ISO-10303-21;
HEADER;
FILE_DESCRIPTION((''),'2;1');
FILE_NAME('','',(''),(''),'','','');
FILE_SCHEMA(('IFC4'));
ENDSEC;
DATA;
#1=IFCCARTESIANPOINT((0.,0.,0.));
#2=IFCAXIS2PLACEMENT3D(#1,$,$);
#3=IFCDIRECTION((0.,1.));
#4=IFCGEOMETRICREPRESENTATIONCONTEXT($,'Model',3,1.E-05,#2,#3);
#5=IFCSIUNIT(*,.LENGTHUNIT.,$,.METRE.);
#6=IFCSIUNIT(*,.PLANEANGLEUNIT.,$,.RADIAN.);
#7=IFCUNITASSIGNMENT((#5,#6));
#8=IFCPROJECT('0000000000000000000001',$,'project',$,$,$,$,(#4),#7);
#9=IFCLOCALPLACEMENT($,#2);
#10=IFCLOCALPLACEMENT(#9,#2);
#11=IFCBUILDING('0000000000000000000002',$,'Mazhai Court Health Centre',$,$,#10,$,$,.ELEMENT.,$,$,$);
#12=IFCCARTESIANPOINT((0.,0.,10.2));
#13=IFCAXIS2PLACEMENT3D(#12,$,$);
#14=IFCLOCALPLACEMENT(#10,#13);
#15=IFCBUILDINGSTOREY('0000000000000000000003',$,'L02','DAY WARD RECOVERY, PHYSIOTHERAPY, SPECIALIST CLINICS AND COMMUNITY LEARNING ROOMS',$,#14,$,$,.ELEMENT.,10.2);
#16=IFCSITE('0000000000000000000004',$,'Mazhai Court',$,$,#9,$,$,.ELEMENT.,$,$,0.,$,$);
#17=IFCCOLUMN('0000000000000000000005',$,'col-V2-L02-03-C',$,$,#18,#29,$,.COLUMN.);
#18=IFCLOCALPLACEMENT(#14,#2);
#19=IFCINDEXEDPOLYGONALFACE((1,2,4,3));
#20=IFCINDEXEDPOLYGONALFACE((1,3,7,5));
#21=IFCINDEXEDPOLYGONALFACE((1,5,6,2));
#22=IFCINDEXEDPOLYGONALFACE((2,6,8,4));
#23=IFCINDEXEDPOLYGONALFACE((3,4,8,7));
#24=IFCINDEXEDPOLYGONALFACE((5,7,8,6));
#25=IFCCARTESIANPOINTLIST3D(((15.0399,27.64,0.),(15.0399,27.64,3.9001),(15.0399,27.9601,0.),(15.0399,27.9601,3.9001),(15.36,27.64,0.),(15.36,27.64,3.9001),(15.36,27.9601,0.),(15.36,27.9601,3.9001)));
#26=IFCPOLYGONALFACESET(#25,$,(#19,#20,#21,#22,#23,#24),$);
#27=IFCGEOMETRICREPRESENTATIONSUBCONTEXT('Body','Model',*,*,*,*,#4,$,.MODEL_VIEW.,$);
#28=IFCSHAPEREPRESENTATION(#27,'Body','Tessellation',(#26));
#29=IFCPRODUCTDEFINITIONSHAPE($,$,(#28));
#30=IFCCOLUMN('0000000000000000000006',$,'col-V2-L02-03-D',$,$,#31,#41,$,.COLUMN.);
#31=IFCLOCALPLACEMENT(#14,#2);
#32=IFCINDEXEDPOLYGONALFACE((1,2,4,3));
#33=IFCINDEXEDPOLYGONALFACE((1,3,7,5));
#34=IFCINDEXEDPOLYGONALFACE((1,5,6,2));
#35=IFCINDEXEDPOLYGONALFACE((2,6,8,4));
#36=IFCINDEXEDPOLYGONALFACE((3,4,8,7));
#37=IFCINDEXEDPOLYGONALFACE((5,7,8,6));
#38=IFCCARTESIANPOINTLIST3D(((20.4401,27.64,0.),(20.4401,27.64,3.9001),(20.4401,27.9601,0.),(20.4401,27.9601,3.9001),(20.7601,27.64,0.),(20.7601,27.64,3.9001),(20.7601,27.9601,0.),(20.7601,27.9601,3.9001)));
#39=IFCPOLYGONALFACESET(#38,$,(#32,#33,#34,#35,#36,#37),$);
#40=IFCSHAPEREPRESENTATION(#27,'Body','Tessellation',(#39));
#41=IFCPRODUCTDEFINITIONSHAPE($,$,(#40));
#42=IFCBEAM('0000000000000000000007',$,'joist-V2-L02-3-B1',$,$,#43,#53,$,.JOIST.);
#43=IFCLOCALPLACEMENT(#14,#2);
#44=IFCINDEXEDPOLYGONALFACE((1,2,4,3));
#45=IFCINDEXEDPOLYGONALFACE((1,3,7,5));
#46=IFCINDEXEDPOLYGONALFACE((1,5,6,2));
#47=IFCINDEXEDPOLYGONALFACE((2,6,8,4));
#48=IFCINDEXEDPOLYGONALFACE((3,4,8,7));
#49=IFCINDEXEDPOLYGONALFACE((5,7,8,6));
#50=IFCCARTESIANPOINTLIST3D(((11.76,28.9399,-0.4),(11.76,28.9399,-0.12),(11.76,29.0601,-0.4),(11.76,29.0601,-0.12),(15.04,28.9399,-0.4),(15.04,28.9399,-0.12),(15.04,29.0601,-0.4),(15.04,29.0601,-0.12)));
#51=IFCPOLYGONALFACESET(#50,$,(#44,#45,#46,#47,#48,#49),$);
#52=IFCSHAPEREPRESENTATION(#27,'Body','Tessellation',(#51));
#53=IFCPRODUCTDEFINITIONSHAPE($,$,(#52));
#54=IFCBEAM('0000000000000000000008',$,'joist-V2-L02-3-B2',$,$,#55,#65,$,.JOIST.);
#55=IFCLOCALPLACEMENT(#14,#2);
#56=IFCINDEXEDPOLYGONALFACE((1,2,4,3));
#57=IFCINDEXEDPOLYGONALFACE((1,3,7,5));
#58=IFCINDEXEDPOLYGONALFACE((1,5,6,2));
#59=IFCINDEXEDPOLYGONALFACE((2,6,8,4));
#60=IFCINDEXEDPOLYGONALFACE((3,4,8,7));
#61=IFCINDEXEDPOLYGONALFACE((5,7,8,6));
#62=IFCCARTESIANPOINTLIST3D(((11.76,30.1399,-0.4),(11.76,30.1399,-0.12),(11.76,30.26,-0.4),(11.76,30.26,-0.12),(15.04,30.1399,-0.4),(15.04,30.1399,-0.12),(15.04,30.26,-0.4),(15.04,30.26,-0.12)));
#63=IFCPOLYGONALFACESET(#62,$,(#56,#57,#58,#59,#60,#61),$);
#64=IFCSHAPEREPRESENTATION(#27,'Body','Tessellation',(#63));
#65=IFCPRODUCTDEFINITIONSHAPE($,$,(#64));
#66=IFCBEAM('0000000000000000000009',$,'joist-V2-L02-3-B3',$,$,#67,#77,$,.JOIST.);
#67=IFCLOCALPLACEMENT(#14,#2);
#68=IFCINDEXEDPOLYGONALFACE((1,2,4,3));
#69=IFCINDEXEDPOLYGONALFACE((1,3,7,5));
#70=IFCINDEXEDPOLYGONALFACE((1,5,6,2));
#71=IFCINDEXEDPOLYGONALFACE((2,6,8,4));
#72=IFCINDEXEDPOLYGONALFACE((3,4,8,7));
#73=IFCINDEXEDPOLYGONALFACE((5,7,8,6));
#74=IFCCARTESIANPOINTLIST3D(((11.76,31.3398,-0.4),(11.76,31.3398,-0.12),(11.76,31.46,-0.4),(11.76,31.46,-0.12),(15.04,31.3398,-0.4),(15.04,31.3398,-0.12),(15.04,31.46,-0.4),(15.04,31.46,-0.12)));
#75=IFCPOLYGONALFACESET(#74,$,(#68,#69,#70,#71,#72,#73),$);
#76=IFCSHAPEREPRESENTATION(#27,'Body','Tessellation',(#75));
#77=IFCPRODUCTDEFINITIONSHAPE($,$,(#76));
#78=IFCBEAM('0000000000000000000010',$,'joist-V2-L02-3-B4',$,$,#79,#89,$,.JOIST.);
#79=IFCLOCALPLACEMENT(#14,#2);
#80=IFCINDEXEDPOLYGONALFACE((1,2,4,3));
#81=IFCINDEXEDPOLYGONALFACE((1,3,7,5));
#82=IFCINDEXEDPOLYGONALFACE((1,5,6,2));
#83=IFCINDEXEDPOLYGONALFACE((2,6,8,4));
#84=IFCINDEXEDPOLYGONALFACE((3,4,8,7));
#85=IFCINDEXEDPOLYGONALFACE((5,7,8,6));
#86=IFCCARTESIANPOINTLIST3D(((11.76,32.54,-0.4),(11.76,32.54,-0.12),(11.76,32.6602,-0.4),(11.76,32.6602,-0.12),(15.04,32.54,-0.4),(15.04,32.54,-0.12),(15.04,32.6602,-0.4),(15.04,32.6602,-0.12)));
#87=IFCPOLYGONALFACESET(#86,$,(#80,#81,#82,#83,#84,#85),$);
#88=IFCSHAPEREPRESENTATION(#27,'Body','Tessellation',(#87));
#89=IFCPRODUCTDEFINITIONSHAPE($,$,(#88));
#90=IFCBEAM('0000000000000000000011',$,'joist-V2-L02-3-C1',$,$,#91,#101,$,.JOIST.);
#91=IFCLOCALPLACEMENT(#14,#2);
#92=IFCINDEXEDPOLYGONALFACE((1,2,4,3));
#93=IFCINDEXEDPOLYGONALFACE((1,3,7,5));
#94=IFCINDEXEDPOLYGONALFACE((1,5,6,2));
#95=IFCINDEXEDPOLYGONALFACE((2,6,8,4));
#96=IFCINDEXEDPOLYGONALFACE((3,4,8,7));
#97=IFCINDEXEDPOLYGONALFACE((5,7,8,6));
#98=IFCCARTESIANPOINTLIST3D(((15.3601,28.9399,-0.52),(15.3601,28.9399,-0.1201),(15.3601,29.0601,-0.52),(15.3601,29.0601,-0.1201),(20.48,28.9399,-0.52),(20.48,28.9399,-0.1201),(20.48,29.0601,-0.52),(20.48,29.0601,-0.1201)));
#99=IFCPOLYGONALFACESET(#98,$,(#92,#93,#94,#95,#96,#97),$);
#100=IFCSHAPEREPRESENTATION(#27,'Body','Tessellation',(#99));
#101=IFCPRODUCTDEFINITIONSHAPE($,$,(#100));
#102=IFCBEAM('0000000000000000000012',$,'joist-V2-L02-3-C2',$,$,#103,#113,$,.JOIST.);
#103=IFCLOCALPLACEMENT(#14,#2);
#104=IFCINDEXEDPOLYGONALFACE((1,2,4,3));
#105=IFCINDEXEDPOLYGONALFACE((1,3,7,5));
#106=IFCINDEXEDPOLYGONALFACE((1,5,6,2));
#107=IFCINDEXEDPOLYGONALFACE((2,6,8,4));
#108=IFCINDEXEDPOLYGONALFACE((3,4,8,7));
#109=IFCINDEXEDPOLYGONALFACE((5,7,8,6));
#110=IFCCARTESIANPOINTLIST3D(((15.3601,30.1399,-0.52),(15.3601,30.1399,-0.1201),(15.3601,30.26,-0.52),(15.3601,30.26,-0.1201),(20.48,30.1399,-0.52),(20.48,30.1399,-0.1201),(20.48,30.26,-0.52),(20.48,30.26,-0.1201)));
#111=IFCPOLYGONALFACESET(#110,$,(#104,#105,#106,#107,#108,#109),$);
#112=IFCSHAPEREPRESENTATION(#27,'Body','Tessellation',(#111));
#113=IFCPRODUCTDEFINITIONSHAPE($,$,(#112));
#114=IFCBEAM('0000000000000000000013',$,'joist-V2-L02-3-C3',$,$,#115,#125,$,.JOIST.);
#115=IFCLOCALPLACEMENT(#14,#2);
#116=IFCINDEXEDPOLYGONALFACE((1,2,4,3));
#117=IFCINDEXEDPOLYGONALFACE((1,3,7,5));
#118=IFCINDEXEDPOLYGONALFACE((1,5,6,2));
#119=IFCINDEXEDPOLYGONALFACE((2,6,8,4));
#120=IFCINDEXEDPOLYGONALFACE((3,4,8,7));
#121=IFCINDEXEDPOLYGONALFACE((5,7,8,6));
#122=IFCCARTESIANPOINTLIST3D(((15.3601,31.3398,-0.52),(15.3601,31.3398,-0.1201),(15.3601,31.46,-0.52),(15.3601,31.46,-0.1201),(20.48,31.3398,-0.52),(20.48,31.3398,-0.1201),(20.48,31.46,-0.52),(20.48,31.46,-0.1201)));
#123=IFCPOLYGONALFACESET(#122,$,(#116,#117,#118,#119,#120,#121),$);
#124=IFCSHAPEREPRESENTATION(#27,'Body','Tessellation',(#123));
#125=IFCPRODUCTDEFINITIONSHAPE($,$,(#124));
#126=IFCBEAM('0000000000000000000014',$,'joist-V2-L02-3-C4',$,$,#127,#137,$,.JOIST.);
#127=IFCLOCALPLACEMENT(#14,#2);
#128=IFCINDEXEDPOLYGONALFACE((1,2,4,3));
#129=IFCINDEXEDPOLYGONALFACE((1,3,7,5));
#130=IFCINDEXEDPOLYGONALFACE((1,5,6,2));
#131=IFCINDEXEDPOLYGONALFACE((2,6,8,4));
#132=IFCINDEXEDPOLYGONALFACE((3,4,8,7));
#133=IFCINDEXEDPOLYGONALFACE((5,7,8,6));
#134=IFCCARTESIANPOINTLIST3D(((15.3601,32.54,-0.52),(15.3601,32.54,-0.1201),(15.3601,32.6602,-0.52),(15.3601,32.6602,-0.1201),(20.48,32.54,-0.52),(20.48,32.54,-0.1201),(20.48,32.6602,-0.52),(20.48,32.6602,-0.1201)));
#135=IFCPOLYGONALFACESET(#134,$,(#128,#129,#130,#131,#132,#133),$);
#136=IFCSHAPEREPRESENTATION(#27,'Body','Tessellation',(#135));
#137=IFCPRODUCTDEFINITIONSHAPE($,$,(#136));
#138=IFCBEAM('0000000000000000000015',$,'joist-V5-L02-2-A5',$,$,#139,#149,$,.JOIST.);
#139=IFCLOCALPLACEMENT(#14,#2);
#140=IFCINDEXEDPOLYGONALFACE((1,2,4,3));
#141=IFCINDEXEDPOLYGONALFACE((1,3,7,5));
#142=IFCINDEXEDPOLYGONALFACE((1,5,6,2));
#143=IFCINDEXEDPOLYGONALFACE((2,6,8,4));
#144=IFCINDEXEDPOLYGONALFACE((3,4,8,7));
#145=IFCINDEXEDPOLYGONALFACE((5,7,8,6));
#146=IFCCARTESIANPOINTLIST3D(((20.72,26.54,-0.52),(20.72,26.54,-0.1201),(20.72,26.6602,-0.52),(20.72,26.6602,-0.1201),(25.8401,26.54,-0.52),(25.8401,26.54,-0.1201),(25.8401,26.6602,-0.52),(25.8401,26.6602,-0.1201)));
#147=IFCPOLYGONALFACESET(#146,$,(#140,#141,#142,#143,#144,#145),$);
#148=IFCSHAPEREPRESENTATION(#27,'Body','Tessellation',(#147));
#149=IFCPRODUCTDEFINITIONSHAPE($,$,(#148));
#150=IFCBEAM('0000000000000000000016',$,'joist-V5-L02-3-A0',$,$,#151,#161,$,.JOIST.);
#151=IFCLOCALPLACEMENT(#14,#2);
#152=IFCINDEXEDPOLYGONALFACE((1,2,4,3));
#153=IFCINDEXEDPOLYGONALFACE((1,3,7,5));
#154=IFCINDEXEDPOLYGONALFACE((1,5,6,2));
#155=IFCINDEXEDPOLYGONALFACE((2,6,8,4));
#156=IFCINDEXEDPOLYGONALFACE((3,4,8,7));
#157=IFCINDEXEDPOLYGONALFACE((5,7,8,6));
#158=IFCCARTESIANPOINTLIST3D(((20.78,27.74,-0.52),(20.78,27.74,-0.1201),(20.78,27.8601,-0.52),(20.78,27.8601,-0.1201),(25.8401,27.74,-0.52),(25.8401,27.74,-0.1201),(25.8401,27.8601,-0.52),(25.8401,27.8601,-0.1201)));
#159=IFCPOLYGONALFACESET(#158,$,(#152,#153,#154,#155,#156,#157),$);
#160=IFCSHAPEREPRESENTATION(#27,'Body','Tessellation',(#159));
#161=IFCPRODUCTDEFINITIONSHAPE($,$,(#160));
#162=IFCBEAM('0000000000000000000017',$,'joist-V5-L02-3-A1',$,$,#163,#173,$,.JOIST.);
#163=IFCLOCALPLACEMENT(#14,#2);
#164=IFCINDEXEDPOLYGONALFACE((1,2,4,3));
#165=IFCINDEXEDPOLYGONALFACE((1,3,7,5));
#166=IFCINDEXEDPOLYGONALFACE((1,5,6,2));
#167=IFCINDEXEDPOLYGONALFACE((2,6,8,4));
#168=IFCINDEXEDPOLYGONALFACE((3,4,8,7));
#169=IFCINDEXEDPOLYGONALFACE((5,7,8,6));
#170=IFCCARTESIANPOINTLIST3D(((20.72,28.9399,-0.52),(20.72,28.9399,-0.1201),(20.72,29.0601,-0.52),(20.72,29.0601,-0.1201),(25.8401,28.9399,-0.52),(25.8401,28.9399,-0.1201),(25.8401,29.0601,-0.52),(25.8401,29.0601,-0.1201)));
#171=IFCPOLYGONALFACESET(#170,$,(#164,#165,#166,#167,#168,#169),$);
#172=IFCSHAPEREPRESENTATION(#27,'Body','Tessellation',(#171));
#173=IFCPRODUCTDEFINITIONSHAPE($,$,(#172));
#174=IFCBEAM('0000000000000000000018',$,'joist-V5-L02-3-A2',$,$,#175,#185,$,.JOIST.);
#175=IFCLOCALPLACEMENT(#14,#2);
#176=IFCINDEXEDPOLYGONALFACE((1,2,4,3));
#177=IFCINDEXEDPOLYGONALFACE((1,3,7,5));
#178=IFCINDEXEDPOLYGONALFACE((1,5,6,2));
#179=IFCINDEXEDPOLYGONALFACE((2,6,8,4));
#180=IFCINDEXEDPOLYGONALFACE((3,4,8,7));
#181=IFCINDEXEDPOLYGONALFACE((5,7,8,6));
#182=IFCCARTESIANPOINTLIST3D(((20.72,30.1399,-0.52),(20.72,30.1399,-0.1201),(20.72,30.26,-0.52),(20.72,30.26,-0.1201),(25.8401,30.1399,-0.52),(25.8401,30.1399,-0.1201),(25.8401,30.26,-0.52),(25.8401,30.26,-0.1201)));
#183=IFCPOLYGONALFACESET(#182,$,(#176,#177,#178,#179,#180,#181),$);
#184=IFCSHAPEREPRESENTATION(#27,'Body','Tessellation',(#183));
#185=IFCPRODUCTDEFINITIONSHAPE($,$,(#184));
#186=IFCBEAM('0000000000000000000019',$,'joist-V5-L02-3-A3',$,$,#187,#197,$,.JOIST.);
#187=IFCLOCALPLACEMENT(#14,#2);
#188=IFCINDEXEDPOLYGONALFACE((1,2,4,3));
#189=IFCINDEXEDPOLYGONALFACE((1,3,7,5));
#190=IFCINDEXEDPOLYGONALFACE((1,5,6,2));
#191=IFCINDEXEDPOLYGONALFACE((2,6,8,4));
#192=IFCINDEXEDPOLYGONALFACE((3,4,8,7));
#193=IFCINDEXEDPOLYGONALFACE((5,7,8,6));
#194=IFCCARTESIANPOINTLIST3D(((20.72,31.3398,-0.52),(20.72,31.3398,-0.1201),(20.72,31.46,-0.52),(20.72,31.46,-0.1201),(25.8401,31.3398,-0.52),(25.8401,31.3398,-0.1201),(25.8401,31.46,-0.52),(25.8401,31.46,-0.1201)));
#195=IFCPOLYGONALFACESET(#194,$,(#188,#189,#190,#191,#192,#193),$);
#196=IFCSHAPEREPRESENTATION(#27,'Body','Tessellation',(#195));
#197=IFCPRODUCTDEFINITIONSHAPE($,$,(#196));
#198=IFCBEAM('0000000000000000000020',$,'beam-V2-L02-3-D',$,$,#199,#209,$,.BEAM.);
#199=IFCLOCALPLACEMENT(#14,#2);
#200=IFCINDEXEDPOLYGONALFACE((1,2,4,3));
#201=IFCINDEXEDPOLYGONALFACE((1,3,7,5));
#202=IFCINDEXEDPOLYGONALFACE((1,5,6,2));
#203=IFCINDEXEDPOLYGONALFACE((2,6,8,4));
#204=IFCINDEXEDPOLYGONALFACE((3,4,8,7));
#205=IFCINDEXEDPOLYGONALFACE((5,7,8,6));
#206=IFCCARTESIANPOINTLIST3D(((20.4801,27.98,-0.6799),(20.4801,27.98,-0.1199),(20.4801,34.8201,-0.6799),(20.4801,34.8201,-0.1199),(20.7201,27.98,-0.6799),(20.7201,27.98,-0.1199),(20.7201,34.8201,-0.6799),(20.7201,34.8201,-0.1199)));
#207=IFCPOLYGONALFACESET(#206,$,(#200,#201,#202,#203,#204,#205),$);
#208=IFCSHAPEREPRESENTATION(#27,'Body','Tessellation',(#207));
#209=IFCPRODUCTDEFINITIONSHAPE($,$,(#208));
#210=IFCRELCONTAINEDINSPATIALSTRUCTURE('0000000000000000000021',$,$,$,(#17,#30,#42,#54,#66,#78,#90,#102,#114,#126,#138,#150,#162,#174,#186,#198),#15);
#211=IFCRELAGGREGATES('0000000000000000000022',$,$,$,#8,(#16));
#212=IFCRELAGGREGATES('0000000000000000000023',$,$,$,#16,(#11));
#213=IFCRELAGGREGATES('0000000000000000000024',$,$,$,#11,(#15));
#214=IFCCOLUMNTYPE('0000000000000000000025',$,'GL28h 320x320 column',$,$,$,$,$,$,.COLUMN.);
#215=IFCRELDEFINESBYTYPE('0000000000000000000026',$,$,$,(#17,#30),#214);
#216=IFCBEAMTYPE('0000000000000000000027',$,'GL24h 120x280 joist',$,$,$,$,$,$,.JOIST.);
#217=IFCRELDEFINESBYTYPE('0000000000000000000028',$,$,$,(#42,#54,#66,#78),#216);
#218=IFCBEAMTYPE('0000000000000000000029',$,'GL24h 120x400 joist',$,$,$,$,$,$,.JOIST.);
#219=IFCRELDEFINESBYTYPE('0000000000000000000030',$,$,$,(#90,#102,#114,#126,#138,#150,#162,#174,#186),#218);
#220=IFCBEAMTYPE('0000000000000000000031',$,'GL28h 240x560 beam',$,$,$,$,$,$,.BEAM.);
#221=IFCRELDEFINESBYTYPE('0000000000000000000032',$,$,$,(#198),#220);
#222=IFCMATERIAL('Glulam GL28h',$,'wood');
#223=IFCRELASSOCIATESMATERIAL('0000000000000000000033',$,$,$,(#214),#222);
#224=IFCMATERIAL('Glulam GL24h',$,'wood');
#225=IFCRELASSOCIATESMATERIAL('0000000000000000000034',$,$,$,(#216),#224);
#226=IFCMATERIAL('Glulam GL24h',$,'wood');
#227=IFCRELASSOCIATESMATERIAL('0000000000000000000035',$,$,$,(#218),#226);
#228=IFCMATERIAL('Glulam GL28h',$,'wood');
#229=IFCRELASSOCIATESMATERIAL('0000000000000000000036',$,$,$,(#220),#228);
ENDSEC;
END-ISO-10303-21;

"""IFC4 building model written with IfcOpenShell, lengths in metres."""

from ifc_helpers import new_model, si_unit, direction, frame, origin, origin_2d, place, context, subcontext, project, spatial, rectangle, extrude, material, material_profile, profile_set, type_object, element, save


model = new_model("IFC4")

# Units and contexts
model_context = context("Model", 3, precision=1e-05, world=origin(), true_north=direction((0.0, 1.0)))
body_context = subcontext(model_context, "Body", "Model", "MODEL_VIEW")
ifc_project = project(units=[si_unit("LENGTHUNIT", "METRE"), si_unit("PLANEANGLEUNIT", "RADIAN")], contexts=[model_context])

# Site, building, storey
site_placement = place(None, origin())
site = spatial("IfcSite", under=ifc_project, at=site_placement, Name="Mazhai Court", CompositionType="ELEMENT", RefElevation=0.0)
building_placement = place(site_placement, origin())
building = spatial("IfcBuilding", under=site, at=building_placement, Name="Mazhai Court Health Centre", CompositionType="ELEMENT")
storey_placement = place(building_placement, frame((0.0, 0.0, 10.2)))
storey = spatial("IfcBuildingStorey", under=building, at=storey_placement, Name="L02", Description="DAY WARD RECOVERY, PHYSIOTHERAPY, SPECIALIST CLINICS AND COMMUNITY LEARNING ROOMS", CompositionType="ELEMENT", Elevation=10.2)

# Columns
ifc_material_1 = material(Name="Glulam GL28h", Category="wood")
ifc_material_profile_1 = material_profile(ifc_material_1, rectangle(XDim=0.3201, YDim=0.3201, at=origin_2d()), Name="GL28h 320x320")
ifc_profile_set_1 = profile_set([ifc_material_profile_1], Name="Glulam GL28h")
column_type = type_object("IfcColumnType", Name="GL28h 320x320 column", PredefinedType="COLUMN", material=ifc_profile_set_1)
for number, where, z_axis, x_axis, name in (
    (1, (15.2, 27.8, 0.0), (0.0, 0.0, 1.0), (1.0, 0.0, 0.0), "col-V2-L02-03-C"),
    (2, (20.6001, 27.8, 0.0), (0.0, 0.0, 1.0), (1.0, 0.0, 0.0), "col-V2-L02-03-D"),
):
    element("IfcColumn", number, at=place(storey_placement, frame(where, z_axis=z_axis, x_axis=x_axis)), inside=storey, type_object=column_type, Name=name, PredefinedType="COLUMN", context=body_context, shape_type="SweptSolid", body=[
        extrude(rectangle(XDim=0.3201, YDim=0.3201, at=origin_2d()), origin(), (0.0, 0.0, 1.0), 3.9001),
    ])

# Beams
ifc_material_2 = material(Name="Glulam GL24h", Category="wood")
ifc_material_profile_2 = material_profile(ifc_material_2, rectangle(XDim=0.1201, YDim=0.28, at=origin_2d()), Name="GL24h 120x280")
ifc_profile_set_2 = profile_set([ifc_material_profile_2], Name="Glulam GL24h")
beam_type_1 = type_object("IfcBeamType", Name="GL24h 120x280 joist", PredefinedType="JOIST", material=ifc_profile_set_2)
for number, where, z_axis, x_axis, name in (
    (3, (11.76, 29.0, -0.26), (1.0, 0.0, 0.0), (0.0, 1.0, 0.0), "joist-V2-L02-3-B1"),
    (4, (11.76, 30.2, -0.26), (1.0, 0.0, 0.0), (0.0, 1.0, 0.0), "joist-V2-L02-3-B2"),
    (5, (11.76, 31.3999, -0.26), (1.0, 0.0, 0.0), (0.0, 1.0, 0.0), "joist-V2-L02-3-B3"),
    (6, (11.76, 32.6001, -0.26), (1.0, 0.0, 0.0), (0.0, 1.0, 0.0), "joist-V2-L02-3-B4"),
):
    element("IfcBeam", number, at=place(storey_placement, frame(where, z_axis=z_axis, x_axis=x_axis)), inside=storey, type_object=beam_type_1, Name=name, PredefinedType="JOIST", context=body_context, shape_type="SweptSolid", body=[
        extrude(rectangle(XDim=0.1201, YDim=0.28, at=origin_2d()), origin(), (0.0, 0.0, 1.0), 3.28),
    ])
ifc_material_3 = material(Name="Glulam GL24h", Category="wood")
ifc_material_profile_3 = material_profile(ifc_material_3, rectangle(XDim=0.1201, YDim=0.3999, at=origin_2d()), Name="GL24h 120x400")
ifc_profile_set_3 = profile_set([ifc_material_profile_3], Name="Glulam GL24h")
beam_type_2 = type_object("IfcBeamType", Name="GL24h 120x400 joist", PredefinedType="JOIST", material=ifc_profile_set_3)
for number, where, z_axis, x_axis, name in (
    (7, (15.3601, 29.0, -0.3201), (1.0, 0.0, 0.0), (0.0, 1.0, 0.0), "joist-V2-L02-3-C1"),
    (8, (15.3601, 30.2, -0.3201), (1.0, 0.0, 0.0), (0.0, 1.0, 0.0), "joist-V2-L02-3-C2"),
    (9, (15.3601, 31.3999, -0.3201), (1.0, 0.0, 0.0), (0.0, 1.0, 0.0), "joist-V2-L02-3-C3"),
    (10, (15.3601, 32.6001, -0.3201), (1.0, 0.0, 0.0), (0.0, 1.0, 0.0), "joist-V2-L02-3-C4"),
):
    element("IfcBeam", number, at=place(storey_placement, frame(where, z_axis=z_axis, x_axis=x_axis)), inside=storey, type_object=beam_type_2, Name=name, PredefinedType="JOIST", context=body_context, shape_type="SweptSolid", body=[
        extrude(rectangle(XDim=0.1201, YDim=0.3999, at=origin_2d()), origin(), (0.0, 0.0, 1.0), 5.1199),
    ])
beam_1_placement = place(storey_placement, frame((20.72, 26.6001, -0.3201), z_axis=(1.0, 0.0, 0.0), x_axis=(0.0, 1.0, 0.0)))
element("IfcBeam", 11, at=beam_1_placement, inside=storey, type_object=beam_type_2, Name="joist-V5-L02-2-A5", PredefinedType="JOIST", context=body_context, shape_type="SweptSolid", body=[
    extrude(rectangle(XDim=0.1201, YDim=0.3999, at=origin_2d()), origin(), (0.0, 0.0, 1.0), 5.1201),
])
beam_2_placement = place(storey_placement, frame((20.78, 27.8, -0.3201), z_axis=(1.0, 0.0, 0.0), x_axis=(0.0, 1.0, 0.0)))
element("IfcBeam", 12, at=beam_2_placement, inside=storey, type_object=beam_type_2, Name="joist-V5-L02-3-A0", PredefinedType="JOIST", context=body_context, shape_type="SweptSolid", body=[
    extrude(rectangle(XDim=0.1201, YDim=0.3999, at=origin_2d()), origin(), (0.0, 0.0, 1.0), 5.0601),
])
for number, where, z_axis, x_axis, name in (
    (13, (20.72, 29.0, -0.3201), (1.0, 0.0, 0.0), (0.0, 1.0, 0.0), "joist-V5-L02-3-A1"),
    (14, (20.72, 30.2, -0.3201), (1.0, 0.0, 0.0), (0.0, 1.0, 0.0), "joist-V5-L02-3-A2"),
    (15, (20.72, 31.3999, -0.3201), (1.0, 0.0, 0.0), (0.0, 1.0, 0.0), "joist-V5-L02-3-A3"),
):
    element("IfcBeam", number, at=place(storey_placement, frame(where, z_axis=z_axis, x_axis=x_axis)), inside=storey, type_object=beam_type_2, Name=name, PredefinedType="JOIST", context=body_context, shape_type="SweptSolid", body=[
        extrude(rectangle(XDim=0.1201, YDim=0.3999, at=origin_2d()), origin(), (0.0, 0.0, 1.0), 5.1201),
    ])
ifc_material_4 = material(Name="Glulam GL28h", Category="wood")
ifc_material_profile_4 = material_profile(ifc_material_4, rectangle(XDim=0.24, YDim=0.5601, at=origin_2d()), Name="GL28h 240x560")
ifc_profile_set_4 = profile_set([ifc_material_profile_4], Name="Glulam GL28h")
beam_type_3 = type_object("IfcBeamType", Name="GL28h 240x560 beam", PredefinedType="BEAM", material=ifc_profile_set_4)
beam_3_placement = place(storey_placement, frame((20.6001, 27.98, -0.3999), z_axis=(0.0, 1.0, 0.0), x_axis=(-1.0, 0.0, 0.0)))
element("IfcBeam", 16, at=beam_3_placement, inside=storey, type_object=beam_type_3, Name="beam-V2-L02-3-D", PredefinedType="BEAM", context=body_context, shape_type="SweptSolid", body=[
    extrude(rectangle(XDim=0.24, YDim=0.5601, at=origin_2d()), origin(), (0.0, 0.0, 1.0), 6.8401),
])

save(model, "model.ifc")
